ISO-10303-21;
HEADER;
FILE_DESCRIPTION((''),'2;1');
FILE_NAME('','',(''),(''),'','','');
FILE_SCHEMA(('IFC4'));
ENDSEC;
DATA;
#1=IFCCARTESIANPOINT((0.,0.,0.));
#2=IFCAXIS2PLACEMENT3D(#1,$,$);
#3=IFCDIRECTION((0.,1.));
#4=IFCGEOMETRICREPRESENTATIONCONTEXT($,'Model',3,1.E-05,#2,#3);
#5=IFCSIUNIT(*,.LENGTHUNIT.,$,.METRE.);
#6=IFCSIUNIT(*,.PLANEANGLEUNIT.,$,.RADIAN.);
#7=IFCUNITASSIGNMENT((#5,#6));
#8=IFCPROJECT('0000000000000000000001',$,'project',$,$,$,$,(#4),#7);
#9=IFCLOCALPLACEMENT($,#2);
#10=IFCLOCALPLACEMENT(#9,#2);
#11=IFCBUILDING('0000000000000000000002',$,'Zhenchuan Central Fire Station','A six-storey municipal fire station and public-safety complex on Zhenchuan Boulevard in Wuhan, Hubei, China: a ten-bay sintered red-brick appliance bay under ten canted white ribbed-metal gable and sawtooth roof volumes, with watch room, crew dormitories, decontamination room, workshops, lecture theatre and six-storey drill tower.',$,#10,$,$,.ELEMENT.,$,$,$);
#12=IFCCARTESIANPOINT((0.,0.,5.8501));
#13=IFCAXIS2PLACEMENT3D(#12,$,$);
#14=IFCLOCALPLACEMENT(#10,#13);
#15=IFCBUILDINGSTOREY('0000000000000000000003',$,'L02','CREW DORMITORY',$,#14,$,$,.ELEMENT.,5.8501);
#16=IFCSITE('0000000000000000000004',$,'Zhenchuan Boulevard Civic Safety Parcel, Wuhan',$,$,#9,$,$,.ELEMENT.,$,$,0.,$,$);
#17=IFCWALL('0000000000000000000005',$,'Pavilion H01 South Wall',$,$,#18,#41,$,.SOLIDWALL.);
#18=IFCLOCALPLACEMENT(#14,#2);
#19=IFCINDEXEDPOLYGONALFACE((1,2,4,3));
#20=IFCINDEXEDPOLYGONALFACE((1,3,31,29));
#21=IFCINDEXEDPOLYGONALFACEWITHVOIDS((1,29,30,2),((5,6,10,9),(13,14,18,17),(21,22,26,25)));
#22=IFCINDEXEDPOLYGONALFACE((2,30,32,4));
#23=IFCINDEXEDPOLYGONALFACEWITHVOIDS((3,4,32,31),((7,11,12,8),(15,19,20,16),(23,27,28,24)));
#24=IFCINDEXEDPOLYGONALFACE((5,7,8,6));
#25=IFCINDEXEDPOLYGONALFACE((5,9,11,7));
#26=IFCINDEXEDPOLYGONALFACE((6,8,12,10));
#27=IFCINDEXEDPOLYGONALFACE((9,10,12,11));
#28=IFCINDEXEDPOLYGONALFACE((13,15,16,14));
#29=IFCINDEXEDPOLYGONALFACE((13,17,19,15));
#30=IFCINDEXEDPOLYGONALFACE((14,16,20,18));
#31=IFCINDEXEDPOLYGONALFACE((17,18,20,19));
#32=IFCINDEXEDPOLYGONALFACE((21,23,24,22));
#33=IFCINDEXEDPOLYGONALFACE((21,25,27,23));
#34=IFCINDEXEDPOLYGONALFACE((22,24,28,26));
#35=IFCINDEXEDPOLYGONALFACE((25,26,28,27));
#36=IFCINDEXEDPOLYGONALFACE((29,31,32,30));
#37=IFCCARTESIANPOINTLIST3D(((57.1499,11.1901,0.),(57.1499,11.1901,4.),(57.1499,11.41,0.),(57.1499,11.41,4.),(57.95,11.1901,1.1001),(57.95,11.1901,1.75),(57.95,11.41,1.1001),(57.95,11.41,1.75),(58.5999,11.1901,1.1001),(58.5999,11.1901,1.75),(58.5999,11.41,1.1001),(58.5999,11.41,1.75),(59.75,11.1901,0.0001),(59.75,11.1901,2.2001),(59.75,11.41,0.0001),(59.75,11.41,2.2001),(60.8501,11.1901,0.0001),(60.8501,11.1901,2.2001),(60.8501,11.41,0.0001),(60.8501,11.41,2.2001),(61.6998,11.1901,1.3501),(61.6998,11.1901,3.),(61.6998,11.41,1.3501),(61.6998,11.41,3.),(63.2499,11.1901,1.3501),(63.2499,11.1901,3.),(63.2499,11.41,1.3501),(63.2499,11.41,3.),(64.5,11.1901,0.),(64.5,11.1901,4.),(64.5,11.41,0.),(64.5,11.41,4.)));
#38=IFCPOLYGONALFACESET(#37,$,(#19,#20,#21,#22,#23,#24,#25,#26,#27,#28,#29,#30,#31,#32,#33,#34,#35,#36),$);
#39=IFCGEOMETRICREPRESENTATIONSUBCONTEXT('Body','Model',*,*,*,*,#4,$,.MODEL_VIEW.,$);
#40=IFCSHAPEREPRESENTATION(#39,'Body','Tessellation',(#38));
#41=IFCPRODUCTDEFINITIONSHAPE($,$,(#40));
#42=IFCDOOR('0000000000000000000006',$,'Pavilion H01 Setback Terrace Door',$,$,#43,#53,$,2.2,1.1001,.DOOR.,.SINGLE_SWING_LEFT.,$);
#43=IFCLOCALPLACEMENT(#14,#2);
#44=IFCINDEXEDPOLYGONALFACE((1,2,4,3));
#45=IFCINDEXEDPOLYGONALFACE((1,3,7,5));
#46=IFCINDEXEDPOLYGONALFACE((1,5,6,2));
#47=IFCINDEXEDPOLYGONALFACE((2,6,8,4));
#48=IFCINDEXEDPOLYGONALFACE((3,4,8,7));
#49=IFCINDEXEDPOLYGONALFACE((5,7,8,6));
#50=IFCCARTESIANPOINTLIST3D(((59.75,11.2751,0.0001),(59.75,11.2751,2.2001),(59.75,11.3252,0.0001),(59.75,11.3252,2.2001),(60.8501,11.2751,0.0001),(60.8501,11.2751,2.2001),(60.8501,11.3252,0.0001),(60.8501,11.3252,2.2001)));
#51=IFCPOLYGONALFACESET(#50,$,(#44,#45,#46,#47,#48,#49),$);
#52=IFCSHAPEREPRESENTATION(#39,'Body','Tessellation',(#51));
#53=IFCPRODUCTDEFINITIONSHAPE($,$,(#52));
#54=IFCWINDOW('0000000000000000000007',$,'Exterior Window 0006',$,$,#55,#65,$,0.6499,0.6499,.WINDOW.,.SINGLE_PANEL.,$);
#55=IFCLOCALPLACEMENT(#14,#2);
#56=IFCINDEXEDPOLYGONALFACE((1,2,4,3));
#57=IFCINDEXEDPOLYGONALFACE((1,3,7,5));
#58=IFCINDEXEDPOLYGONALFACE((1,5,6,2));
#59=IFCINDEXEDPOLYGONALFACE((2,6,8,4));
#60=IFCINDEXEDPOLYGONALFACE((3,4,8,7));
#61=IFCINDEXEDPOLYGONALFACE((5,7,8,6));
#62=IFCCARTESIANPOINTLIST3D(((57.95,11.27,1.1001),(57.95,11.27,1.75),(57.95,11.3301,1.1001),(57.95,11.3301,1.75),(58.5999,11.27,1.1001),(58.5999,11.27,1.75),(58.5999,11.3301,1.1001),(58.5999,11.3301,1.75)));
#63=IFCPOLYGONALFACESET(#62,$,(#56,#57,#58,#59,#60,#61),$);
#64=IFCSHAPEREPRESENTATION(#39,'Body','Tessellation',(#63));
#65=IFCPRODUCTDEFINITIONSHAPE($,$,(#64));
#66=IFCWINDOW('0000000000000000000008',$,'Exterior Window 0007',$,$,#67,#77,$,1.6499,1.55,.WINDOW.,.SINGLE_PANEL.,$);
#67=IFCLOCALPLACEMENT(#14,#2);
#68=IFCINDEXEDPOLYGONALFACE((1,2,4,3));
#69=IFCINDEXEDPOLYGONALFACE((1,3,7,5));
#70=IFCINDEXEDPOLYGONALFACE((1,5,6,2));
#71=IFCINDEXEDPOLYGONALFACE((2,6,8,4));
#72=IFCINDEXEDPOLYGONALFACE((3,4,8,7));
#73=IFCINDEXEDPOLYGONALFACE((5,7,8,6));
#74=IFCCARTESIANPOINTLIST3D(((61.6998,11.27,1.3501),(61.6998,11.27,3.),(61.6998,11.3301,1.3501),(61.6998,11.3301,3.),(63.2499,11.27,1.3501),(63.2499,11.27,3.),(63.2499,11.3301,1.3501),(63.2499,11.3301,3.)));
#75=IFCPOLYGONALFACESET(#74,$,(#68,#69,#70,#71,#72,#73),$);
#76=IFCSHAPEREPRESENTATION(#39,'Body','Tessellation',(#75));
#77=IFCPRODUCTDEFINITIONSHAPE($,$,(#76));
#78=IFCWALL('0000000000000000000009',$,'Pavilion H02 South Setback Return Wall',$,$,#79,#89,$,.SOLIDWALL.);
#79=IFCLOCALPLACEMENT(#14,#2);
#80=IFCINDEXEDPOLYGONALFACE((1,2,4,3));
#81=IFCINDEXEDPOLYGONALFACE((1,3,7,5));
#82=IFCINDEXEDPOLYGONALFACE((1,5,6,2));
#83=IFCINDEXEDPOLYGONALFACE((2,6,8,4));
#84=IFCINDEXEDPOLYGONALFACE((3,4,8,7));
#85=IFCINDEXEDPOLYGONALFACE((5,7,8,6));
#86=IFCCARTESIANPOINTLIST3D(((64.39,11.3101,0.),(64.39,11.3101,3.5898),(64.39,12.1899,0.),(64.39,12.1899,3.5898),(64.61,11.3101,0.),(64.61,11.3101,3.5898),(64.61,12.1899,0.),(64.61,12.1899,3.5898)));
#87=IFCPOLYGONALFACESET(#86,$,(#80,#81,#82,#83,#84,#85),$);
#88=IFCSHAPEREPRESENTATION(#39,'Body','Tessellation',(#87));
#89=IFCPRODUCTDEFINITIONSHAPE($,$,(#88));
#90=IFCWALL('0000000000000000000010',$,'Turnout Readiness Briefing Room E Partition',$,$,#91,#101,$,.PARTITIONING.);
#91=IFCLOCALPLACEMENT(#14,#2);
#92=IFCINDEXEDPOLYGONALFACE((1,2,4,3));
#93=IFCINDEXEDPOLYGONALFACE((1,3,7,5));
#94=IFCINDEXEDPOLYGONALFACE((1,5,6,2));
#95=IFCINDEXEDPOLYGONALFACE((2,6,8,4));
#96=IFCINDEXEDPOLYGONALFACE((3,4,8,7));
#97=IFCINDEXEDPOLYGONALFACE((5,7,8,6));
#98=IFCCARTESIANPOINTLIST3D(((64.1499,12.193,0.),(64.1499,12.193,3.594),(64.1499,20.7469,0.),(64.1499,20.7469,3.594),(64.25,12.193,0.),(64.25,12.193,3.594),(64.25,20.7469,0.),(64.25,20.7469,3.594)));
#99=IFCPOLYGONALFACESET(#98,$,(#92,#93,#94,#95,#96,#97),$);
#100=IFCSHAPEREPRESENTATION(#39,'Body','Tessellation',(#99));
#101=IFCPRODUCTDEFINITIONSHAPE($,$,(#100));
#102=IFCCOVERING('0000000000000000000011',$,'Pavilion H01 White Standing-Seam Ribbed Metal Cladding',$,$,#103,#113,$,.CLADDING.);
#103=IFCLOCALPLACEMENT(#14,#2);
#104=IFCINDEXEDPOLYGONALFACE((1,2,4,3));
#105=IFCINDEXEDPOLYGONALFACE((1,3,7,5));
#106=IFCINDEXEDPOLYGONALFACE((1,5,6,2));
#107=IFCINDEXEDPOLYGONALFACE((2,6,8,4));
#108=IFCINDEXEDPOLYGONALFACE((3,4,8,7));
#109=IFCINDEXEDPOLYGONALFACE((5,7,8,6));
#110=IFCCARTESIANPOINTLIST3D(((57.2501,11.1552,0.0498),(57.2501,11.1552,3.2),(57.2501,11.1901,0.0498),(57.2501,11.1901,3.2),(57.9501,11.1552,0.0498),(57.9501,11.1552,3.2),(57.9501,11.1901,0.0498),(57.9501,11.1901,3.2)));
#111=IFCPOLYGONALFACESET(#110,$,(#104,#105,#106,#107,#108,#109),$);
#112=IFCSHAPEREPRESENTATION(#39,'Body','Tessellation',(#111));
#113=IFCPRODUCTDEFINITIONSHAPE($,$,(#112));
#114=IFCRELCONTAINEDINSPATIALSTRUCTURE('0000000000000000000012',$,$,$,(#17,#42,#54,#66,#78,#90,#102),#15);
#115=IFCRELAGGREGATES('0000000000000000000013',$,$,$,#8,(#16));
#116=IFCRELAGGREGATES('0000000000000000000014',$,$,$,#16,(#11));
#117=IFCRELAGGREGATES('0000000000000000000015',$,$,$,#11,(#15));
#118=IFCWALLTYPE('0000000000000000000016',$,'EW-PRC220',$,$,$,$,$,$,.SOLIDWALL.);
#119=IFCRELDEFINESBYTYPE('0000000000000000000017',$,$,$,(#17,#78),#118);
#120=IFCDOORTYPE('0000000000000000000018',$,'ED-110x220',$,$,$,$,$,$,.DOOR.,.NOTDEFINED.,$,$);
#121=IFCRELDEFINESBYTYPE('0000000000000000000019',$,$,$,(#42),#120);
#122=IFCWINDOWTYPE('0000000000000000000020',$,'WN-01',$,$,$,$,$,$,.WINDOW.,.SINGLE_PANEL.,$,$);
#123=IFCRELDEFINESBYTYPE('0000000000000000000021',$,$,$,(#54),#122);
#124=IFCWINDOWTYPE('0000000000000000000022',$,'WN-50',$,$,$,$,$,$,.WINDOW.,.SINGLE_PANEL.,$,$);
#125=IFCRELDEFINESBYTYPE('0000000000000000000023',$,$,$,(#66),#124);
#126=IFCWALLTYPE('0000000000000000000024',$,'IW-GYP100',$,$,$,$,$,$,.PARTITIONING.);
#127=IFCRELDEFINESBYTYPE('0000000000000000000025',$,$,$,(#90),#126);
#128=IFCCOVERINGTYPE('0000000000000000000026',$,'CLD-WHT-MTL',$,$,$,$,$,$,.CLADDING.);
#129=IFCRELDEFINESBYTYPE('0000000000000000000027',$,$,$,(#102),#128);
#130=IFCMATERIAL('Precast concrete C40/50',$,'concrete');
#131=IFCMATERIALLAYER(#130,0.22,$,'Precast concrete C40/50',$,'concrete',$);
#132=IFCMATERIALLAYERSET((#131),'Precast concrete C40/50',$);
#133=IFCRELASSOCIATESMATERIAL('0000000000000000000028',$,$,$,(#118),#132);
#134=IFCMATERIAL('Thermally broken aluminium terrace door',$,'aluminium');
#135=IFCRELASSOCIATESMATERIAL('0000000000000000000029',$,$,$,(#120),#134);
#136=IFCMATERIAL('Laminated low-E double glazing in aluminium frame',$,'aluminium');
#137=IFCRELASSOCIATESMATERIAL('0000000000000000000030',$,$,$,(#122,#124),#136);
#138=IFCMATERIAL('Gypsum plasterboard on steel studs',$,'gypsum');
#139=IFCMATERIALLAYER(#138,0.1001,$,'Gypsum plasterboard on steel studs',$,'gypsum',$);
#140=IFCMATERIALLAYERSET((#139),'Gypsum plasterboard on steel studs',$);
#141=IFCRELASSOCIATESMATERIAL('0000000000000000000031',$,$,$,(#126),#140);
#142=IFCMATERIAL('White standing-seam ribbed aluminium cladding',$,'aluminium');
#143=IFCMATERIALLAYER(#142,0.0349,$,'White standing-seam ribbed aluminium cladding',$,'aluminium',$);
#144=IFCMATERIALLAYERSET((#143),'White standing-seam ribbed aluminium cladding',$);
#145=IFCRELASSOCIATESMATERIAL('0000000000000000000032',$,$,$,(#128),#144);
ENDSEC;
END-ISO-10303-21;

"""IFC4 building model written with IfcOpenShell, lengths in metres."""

from ifc_helpers import new_model, si_unit, direction, frame, frame_2d, origin, place, context, subcontext, project, spatial, rectangle, extrude, material, layer, layer_set, type_object, element, fill, save


model = new_model("IFC4")

# Units and contexts
model_context = context("Model", 3, precision=1e-05, world=origin(), true_north=direction((0.0, 1.0)))
body_context = subcontext(model_context, "Body", "Model", "MODEL_VIEW")
ifc_project = project(units=[si_unit("LENGTHUNIT", "METRE"), si_unit("PLANEANGLEUNIT", "RADIAN")], contexts=[model_context])

# Site, building, storey
site_placement = place(None, origin())
site = spatial("IfcSite", under=ifc_project, at=site_placement, Name="Zhenchuan Boulevard Civic Safety Parcel, Wuhan", CompositionType="ELEMENT", RefElevation=0.0)
building_placement = place(site_placement, origin())
building = spatial("IfcBuilding", under=site, at=building_placement, Name="Zhenchuan Central Fire Station", Description="A six-storey municipal fire station and public-safety complex on Zhenchuan Boulevard in Wuhan, Hubei, China: a ten-bay sintered red-brick appliance bay under ten canted white ribbed-metal gable and sawtooth roof volumes, with watch room, crew dormitories, decontamination room, workshops, lecture theatre and six-storey drill tower.", CompositionType="ELEMENT")
storey_placement = place(building_placement, frame((0.0, 0.0, 5.8501)))
storey = spatial("IfcBuildingStorey", under=building, at=storey_placement, Name="L02", Description="CREW DORMITORY", CompositionType="ELEMENT", Elevation=5.8501)

# Wall, openings, door, windows
ifc_material_1 = material(Name="Precast concrete C40/50", Category="concrete")
ifc_layer_1 = layer(ifc_material_1, 0.22, Name="Precast concrete C40/50", Category="concrete")
ifc_layer_set_1 = layer_set([ifc_layer_1], Name="Precast concrete C40/50")
wall_type_1 = type_object("IfcWallType", Name="EW-PRC220", PredefinedType="SOLIDWALL", material=ifc_layer_set_1)
wall_1_placement = place(storey_placement, frame((57.1499, 11.3, 0.0), z_axis=(0.0, 0.0, 1.0), x_axis=(1.0, 0.0, 0.0)))
wall_1 = element("IfcWall", 1, at=wall_1_placement, inside=storey, type_object=wall_type_1, Name="Pavilion H01 South Wall", PredefinedType="SOLIDWALL", context=body_context, shape_type="SweptSolid", body=[
    extrude(rectangle(XDim=7.3501, YDim=0.22, at=frame_2d((3.675, 0.0))), origin(), (0.0, 0.0, 1.0), 4.0),
])
opening_1_placement = place(wall_1_placement, frame((2.6001, 0.0, 0.0)))
opening_1 = element("IfcOpeningElement", 2, at=opening_1_placement, cuts=wall_1, PredefinedType="OPENING", context=body_context, shape_type="SweptSolid", body=[
    extrude(rectangle(XDim=1.1001, YDim=2.2, at=frame_2d((0.55, 1.1001))), frame((0.0, 0.1199, 0.0), z_axis=(0.0, -1.0, 0.0), x_axis=(1.0, 0.0, 0.0)), (0.0, 0.0, 1.0), 0.24),
])
opening_2_placement = place(wall_1_placement, frame((0.8, 0.0, 1.1001)))
opening_2 = element("IfcOpeningElement", 3, at=opening_2_placement, cuts=wall_1, PredefinedType="OPENING", context=body_context, shape_type="SweptSolid", body=[
    extrude(rectangle(XDim=0.6499, YDim=0.6499, at=frame_2d((0.325, 0.325))), frame((0.0, 0.1199, 0.0), z_axis=(0.0, -1.0, 0.0), x_axis=(1.0, 0.0, 0.0)), (0.0, 0.0, 1.0), 0.24),
])
opening_3_placement = place(wall_1_placement, frame((4.55, 0.0, 1.3501)))
opening_3 = element("IfcOpeningElement", 4, at=opening_3_placement, cuts=wall_1, PredefinedType="OPENING", context=body_context, shape_type="SweptSolid", body=[
    extrude(rectangle(XDim=1.55, YDim=1.6499, at=frame_2d((0.7749, 0.825))), frame((0.0, 0.1199, 0.0), z_axis=(0.0, -1.0, 0.0), x_axis=(1.0, 0.0, 0.0)), (0.0, 0.0, 1.0), 0.24),
])
ifc_material_2 = material(Name="Thermally broken aluminium terrace door", Category="aluminium")
door_type = type_object("IfcDoorType", Name="ED-110x220", OperationType="NOTDEFINED", PredefinedType="DOOR", material=ifc_material_2)
door_placement = place(opening_1_placement, frame((1.1001, 0.0, 0.0), z_axis=(0.0, 0.0, 1.0), x_axis=(-1.0, 0.0, 0.0)))
door = element("IfcDoor", 5, at=door_placement, inside=storey, type_object=door_type, Name="Pavilion H01 Setback Terrace Door", OperationType="SINGLE_SWING_LEFT", OverallHeight=2.2, OverallWidth=1.1001, PredefinedType="DOOR", context=body_context, shape_type="SweptSolid", body=[
    extrude(rectangle(XDim=1.1001, YDim=2.2, at=frame_2d((0.55, 1.1001))), frame((0.0, 0.0249, 0.0), z_axis=(0.0, -1.0, 0.0), x_axis=(1.0, 0.0, 0.0)), (0.0, 0.0, 1.0), 0.05),
])
fill(opening_1, door)
ifc_material_3 = material(Name="Laminated low-E double glazing in aluminium frame", Category="aluminium")
window_type_1 = type_object("IfcWindowType", Name="WN-01", PartitioningType="SINGLE_PANEL", PredefinedType="WINDOW", material=ifc_material_3)
window_1_placement = place(opening_2_placement, origin())
window_1 = element("IfcWindow", 6, at=window_1_placement, inside=storey, type_object=window_type_1, Name="Exterior Window 0006", OverallHeight=0.6499, OverallWidth=0.6499, PartitioningType="SINGLE_PANEL", PredefinedType="WINDOW", context=body_context, shape_type="SweptSolid", body=[
    extrude(rectangle(XDim=0.6499, YDim=0.6499, at=frame_2d((0.325, 0.325))), frame((0.0, 0.03, 0.0), z_axis=(0.0, -1.0, 0.0), x_axis=(1.0, 0.0, 0.0)), (0.0, 0.0, 1.0), 0.0601),
])
fill(opening_2, window_1)
window_type_2 = type_object("IfcWindowType", Name="WN-50", PartitioningType="SINGLE_PANEL", PredefinedType="WINDOW", material=ifc_material_3)
window_2_placement = place(opening_3_placement, origin())
window_2 = element("IfcWindow", 7, at=window_2_placement, inside=storey, type_object=window_type_2, Name="Exterior Window 0007", OverallHeight=1.6499, OverallWidth=1.55, PartitioningType="SINGLE_PANEL", PredefinedType="WINDOW", context=body_context, shape_type="SweptSolid", body=[
    extrude(rectangle(XDim=1.55, YDim=1.6499, at=frame_2d((0.7749, 0.825))), frame((0.0, 0.03, 0.0), z_axis=(0.0, -1.0, 0.0), x_axis=(1.0, 0.0, 0.0)), (0.0, 0.0, 1.0), 0.0601),
])
fill(opening_3, window_2)

# Walls
wall_2_placement = place(storey_placement, frame((64.5, 11.3101, 0.0), z_axis=(0.0, 0.0, 1.0), x_axis=(0.0, 1.0, 0.0)))
element("IfcWall", 8, at=wall_2_placement, inside=storey, type_object=wall_type_1, Name="Pavilion H02 South Setback Return Wall", PredefinedType="SOLIDWALL", context=body_context, shape_type="SweptSolid", body=[
    extrude(rectangle(XDim=0.8799, YDim=0.22, at=frame_2d((0.4399, 0.0))), origin(), (0.0, 0.0, 1.0), 3.5898),
])
ifc_material_4 = material(Name="Gypsum plasterboard on steel studs", Category="gypsum")
ifc_layer_2 = layer(ifc_material_4, 0.1001, Name="Gypsum plasterboard on steel studs", Category="gypsum")
ifc_layer_set_2 = layer_set([ifc_layer_2], Name="Gypsum plasterboard on steel studs")
wall_type_2 = type_object("IfcWallType", Name="IW-GYP100", PredefinedType="PARTITIONING", material=ifc_layer_set_2)
wall_3_placement = place(storey_placement, frame((64.2, 12.1931, 0.0), z_axis=(0.0, 0.0, 1.0), x_axis=(0.0, 1.0, 0.0)))
element("IfcWall", 9, at=wall_3_placement, inside=storey, type_object=wall_type_2, Name="Turnout Readiness Briefing Room E Partition", PredefinedType="PARTITIONING", context=body_context, shape_type="SweptSolid", body=[
    extrude(rectangle(XDim=8.554, YDim=0.1001, at=frame_2d((4.2769, 0.0))), origin(), (0.0, 0.0, 1.0), 3.594),
])

# Covering
ifc_material_5 = material(Name="White standing-seam ribbed aluminium cladding", Category="aluminium")
ifc_layer_3 = layer(ifc_material_5, 0.0349, Name="White standing-seam ribbed aluminium cladding", Category="aluminium")
ifc_layer_set_3 = layer_set([ifc_layer_3], Name="White standing-seam ribbed aluminium cladding")
covering_type = type_object("IfcCoveringType", Name="CLD-WHT-MTL", PredefinedType="CLADDING", material=ifc_layer_set_3)
covering_placement = place(storey_placement, frame((57.25, 11.1726, 0.0498), z_axis=(0.0, 0.0, 1.0), x_axis=(1.0, 0.0, 0.0)))
element("IfcCovering", 10, at=covering_placement, inside=storey, type_object=covering_type, Name="Pavilion H01 White Standing-Seam Ribbed Metal Cladding", PredefinedType="CLADDING", context=body_context, shape_type="SweptSolid", body=[
    extrude(rectangle(XDim=0.7, YDim=0.0349, at=frame_2d((0.3501, 0.0))), origin(), (0.0, 0.0, 1.0), 3.1501),
])

save(model, "model.ifc")
